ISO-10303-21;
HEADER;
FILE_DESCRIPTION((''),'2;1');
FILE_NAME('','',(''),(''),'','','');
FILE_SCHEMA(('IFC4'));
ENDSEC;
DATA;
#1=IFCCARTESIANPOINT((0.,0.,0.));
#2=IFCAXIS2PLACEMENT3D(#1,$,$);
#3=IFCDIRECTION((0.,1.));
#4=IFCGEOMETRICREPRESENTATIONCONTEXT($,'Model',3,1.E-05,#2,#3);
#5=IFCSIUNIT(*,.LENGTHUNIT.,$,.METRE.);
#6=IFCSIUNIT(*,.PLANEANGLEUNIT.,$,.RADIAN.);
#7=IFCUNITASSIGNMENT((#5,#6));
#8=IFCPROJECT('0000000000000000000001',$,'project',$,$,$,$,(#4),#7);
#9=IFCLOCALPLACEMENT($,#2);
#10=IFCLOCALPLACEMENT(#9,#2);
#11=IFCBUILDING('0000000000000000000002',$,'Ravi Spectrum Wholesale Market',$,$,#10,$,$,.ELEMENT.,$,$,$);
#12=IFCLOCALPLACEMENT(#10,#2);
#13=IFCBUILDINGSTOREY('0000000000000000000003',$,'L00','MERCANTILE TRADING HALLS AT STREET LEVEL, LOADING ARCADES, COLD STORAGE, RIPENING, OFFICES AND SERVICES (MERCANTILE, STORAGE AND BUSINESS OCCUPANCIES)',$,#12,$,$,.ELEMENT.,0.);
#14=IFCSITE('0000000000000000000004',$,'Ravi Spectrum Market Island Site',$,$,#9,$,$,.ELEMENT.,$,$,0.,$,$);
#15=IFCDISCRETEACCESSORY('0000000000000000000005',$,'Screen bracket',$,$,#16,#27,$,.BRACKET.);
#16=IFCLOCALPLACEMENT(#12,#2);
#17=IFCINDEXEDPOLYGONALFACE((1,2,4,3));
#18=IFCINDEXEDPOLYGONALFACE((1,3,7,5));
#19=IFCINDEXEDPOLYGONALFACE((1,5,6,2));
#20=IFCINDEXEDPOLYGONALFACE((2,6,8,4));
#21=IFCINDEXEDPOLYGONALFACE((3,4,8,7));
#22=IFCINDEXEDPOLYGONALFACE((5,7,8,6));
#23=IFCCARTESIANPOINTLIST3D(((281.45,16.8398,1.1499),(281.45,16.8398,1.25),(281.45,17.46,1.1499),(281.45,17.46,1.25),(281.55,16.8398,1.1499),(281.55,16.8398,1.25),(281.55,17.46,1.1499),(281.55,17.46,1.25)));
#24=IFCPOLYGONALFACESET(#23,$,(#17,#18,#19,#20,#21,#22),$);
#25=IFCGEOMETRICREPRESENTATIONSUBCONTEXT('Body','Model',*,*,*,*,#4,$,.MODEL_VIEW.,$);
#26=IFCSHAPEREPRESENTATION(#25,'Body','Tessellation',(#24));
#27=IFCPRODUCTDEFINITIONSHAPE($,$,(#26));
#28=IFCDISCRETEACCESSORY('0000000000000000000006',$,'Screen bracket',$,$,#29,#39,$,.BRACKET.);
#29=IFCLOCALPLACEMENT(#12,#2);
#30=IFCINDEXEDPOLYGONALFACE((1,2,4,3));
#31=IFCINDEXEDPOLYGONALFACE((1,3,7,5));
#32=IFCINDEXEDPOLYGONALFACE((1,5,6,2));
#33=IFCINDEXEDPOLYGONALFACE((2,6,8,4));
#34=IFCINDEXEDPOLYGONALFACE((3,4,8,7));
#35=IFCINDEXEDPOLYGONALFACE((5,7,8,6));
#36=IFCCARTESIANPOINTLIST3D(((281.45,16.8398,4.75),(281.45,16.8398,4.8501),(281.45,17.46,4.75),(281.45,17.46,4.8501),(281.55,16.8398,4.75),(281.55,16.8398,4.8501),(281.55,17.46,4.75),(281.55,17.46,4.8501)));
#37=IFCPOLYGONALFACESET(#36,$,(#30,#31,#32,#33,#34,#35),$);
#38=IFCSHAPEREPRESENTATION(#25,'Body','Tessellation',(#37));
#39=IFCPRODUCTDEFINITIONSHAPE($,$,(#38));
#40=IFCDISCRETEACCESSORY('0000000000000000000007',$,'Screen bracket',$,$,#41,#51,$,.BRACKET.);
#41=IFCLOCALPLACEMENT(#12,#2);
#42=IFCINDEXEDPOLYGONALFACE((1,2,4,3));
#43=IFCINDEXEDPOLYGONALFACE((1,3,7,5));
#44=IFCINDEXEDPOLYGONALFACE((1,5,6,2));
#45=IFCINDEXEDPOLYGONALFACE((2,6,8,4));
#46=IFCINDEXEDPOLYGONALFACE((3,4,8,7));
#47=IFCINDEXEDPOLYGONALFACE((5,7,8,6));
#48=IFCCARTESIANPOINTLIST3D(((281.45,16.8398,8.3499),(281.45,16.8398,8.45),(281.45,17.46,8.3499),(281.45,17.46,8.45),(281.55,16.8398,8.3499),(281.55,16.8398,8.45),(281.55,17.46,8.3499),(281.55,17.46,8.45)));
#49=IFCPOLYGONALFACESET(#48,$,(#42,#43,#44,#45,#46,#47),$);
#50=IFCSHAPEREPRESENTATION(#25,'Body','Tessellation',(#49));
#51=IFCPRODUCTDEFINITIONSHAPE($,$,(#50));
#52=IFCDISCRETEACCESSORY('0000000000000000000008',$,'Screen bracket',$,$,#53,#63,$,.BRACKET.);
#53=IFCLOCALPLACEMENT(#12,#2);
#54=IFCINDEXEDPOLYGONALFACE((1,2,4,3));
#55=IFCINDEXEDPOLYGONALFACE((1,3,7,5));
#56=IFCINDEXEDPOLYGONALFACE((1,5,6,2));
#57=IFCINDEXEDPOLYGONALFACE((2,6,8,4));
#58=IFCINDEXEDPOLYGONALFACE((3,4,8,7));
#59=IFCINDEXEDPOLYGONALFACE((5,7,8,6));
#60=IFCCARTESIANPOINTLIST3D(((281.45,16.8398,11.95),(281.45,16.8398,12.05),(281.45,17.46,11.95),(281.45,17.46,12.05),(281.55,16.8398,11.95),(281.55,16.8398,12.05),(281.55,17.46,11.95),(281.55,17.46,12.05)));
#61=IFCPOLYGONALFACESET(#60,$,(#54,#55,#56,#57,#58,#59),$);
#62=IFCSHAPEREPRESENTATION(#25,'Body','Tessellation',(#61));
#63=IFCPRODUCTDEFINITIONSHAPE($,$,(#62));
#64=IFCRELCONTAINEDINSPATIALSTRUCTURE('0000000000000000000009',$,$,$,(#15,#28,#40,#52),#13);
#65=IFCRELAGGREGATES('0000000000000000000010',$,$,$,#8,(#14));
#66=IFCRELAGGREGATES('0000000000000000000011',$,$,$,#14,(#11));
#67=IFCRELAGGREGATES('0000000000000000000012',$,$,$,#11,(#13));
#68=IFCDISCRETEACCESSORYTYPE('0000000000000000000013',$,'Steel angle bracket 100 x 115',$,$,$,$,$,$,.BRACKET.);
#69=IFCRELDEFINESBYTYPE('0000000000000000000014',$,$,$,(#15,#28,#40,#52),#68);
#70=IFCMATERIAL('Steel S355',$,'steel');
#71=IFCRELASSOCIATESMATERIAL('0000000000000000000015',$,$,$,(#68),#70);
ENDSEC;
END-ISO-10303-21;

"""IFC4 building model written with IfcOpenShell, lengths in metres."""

from ifc_helpers import new_model, si_unit, direction, frame, origin, origin_2d, place, context, subcontext, project, spatial, rectangle, extrude, material, type_object, element, save


model = new_model("IFC4")

# Units and contexts
model_context = context("Model", 3, precision=1e-05, world=origin(), true_north=direction((0.0, 1.0)))
body_context = subcontext(model_context, "Body", "Model", "MODEL_VIEW")
ifc_project = project(units=[si_unit("LENGTHUNIT", "METRE"), si_unit("PLANEANGLEUNIT", "RADIAN")], contexts=[model_context])

# Site, building, storey
site_placement = place(None, origin())
site = spatial("IfcSite", under=ifc_project, at=site_placement, Name="Ravi Spectrum Market Island Site", CompositionType="ELEMENT", RefElevation=0.0)
building_placement = place(site_placement, origin())
building = spatial("IfcBuilding", under=site, at=building_placement, Name="Ravi Spectrum Wholesale Market", CompositionType="ELEMENT")
storey_placement = place(building_placement, origin())
storey = spatial("IfcBuildingStorey", under=building, at=storey_placement, Name="L00", Description="MERCANTILE TRADING HALLS AT STREET LEVEL, LOADING ARCADES, COLD STORAGE, RIPENING, OFFICES AND SERVICES (MERCANTILE, STORAGE AND BUSINESS OCCUPANCIES)", CompositionType="ELEMENT", Elevation=0.0)

# Discrete accessories
ifc_material_1 = material(Name="Steel S355", Category="steel")
discrete_accessory_type = type_object("IfcDiscreteAccessoryType", Name="Steel angle bracket 100 x 115", PredefinedType="BRACKET", material=ifc_material_1)
for number, where, z_axis, x_axis, name in (
    (1, (281.5, 17.1499, 1.1499), (0.0, 0.0, 1.0), (1.0, 0.0, 0.0), "Screen bracket"),
    (2, (281.5, 17.1499, 4.75), (0.0, 0.0, 1.0), (1.0, 0.0, 0.0), "Screen bracket"),
    (3, (281.5, 17.1499, 8.3499), (0.0, 0.0, 1.0), (1.0, 0.0, 0.0), "Screen bracket"),
    (4, (281.5, 17.1499, 11.95), (0.0, 0.0, 1.0), (1.0, 0.0, 0.0), "Screen bracket"),
):
    element("IfcDiscreteAccessory", number, at=place(storey_placement, frame(where, z_axis=z_axis, x_axis=x_axis)), inside=storey, type_object=discrete_accessory_type, Name=name, PredefinedType="BRACKET", context=body_context, shape_type="SweptSolid", body=[
        extrude(rectangle(XDim=0.1001, YDim=0.6201, at=origin_2d()), origin(), (0.0, 0.0, 1.0), 0.1001),
    ])

save(model, "model.ifc")
